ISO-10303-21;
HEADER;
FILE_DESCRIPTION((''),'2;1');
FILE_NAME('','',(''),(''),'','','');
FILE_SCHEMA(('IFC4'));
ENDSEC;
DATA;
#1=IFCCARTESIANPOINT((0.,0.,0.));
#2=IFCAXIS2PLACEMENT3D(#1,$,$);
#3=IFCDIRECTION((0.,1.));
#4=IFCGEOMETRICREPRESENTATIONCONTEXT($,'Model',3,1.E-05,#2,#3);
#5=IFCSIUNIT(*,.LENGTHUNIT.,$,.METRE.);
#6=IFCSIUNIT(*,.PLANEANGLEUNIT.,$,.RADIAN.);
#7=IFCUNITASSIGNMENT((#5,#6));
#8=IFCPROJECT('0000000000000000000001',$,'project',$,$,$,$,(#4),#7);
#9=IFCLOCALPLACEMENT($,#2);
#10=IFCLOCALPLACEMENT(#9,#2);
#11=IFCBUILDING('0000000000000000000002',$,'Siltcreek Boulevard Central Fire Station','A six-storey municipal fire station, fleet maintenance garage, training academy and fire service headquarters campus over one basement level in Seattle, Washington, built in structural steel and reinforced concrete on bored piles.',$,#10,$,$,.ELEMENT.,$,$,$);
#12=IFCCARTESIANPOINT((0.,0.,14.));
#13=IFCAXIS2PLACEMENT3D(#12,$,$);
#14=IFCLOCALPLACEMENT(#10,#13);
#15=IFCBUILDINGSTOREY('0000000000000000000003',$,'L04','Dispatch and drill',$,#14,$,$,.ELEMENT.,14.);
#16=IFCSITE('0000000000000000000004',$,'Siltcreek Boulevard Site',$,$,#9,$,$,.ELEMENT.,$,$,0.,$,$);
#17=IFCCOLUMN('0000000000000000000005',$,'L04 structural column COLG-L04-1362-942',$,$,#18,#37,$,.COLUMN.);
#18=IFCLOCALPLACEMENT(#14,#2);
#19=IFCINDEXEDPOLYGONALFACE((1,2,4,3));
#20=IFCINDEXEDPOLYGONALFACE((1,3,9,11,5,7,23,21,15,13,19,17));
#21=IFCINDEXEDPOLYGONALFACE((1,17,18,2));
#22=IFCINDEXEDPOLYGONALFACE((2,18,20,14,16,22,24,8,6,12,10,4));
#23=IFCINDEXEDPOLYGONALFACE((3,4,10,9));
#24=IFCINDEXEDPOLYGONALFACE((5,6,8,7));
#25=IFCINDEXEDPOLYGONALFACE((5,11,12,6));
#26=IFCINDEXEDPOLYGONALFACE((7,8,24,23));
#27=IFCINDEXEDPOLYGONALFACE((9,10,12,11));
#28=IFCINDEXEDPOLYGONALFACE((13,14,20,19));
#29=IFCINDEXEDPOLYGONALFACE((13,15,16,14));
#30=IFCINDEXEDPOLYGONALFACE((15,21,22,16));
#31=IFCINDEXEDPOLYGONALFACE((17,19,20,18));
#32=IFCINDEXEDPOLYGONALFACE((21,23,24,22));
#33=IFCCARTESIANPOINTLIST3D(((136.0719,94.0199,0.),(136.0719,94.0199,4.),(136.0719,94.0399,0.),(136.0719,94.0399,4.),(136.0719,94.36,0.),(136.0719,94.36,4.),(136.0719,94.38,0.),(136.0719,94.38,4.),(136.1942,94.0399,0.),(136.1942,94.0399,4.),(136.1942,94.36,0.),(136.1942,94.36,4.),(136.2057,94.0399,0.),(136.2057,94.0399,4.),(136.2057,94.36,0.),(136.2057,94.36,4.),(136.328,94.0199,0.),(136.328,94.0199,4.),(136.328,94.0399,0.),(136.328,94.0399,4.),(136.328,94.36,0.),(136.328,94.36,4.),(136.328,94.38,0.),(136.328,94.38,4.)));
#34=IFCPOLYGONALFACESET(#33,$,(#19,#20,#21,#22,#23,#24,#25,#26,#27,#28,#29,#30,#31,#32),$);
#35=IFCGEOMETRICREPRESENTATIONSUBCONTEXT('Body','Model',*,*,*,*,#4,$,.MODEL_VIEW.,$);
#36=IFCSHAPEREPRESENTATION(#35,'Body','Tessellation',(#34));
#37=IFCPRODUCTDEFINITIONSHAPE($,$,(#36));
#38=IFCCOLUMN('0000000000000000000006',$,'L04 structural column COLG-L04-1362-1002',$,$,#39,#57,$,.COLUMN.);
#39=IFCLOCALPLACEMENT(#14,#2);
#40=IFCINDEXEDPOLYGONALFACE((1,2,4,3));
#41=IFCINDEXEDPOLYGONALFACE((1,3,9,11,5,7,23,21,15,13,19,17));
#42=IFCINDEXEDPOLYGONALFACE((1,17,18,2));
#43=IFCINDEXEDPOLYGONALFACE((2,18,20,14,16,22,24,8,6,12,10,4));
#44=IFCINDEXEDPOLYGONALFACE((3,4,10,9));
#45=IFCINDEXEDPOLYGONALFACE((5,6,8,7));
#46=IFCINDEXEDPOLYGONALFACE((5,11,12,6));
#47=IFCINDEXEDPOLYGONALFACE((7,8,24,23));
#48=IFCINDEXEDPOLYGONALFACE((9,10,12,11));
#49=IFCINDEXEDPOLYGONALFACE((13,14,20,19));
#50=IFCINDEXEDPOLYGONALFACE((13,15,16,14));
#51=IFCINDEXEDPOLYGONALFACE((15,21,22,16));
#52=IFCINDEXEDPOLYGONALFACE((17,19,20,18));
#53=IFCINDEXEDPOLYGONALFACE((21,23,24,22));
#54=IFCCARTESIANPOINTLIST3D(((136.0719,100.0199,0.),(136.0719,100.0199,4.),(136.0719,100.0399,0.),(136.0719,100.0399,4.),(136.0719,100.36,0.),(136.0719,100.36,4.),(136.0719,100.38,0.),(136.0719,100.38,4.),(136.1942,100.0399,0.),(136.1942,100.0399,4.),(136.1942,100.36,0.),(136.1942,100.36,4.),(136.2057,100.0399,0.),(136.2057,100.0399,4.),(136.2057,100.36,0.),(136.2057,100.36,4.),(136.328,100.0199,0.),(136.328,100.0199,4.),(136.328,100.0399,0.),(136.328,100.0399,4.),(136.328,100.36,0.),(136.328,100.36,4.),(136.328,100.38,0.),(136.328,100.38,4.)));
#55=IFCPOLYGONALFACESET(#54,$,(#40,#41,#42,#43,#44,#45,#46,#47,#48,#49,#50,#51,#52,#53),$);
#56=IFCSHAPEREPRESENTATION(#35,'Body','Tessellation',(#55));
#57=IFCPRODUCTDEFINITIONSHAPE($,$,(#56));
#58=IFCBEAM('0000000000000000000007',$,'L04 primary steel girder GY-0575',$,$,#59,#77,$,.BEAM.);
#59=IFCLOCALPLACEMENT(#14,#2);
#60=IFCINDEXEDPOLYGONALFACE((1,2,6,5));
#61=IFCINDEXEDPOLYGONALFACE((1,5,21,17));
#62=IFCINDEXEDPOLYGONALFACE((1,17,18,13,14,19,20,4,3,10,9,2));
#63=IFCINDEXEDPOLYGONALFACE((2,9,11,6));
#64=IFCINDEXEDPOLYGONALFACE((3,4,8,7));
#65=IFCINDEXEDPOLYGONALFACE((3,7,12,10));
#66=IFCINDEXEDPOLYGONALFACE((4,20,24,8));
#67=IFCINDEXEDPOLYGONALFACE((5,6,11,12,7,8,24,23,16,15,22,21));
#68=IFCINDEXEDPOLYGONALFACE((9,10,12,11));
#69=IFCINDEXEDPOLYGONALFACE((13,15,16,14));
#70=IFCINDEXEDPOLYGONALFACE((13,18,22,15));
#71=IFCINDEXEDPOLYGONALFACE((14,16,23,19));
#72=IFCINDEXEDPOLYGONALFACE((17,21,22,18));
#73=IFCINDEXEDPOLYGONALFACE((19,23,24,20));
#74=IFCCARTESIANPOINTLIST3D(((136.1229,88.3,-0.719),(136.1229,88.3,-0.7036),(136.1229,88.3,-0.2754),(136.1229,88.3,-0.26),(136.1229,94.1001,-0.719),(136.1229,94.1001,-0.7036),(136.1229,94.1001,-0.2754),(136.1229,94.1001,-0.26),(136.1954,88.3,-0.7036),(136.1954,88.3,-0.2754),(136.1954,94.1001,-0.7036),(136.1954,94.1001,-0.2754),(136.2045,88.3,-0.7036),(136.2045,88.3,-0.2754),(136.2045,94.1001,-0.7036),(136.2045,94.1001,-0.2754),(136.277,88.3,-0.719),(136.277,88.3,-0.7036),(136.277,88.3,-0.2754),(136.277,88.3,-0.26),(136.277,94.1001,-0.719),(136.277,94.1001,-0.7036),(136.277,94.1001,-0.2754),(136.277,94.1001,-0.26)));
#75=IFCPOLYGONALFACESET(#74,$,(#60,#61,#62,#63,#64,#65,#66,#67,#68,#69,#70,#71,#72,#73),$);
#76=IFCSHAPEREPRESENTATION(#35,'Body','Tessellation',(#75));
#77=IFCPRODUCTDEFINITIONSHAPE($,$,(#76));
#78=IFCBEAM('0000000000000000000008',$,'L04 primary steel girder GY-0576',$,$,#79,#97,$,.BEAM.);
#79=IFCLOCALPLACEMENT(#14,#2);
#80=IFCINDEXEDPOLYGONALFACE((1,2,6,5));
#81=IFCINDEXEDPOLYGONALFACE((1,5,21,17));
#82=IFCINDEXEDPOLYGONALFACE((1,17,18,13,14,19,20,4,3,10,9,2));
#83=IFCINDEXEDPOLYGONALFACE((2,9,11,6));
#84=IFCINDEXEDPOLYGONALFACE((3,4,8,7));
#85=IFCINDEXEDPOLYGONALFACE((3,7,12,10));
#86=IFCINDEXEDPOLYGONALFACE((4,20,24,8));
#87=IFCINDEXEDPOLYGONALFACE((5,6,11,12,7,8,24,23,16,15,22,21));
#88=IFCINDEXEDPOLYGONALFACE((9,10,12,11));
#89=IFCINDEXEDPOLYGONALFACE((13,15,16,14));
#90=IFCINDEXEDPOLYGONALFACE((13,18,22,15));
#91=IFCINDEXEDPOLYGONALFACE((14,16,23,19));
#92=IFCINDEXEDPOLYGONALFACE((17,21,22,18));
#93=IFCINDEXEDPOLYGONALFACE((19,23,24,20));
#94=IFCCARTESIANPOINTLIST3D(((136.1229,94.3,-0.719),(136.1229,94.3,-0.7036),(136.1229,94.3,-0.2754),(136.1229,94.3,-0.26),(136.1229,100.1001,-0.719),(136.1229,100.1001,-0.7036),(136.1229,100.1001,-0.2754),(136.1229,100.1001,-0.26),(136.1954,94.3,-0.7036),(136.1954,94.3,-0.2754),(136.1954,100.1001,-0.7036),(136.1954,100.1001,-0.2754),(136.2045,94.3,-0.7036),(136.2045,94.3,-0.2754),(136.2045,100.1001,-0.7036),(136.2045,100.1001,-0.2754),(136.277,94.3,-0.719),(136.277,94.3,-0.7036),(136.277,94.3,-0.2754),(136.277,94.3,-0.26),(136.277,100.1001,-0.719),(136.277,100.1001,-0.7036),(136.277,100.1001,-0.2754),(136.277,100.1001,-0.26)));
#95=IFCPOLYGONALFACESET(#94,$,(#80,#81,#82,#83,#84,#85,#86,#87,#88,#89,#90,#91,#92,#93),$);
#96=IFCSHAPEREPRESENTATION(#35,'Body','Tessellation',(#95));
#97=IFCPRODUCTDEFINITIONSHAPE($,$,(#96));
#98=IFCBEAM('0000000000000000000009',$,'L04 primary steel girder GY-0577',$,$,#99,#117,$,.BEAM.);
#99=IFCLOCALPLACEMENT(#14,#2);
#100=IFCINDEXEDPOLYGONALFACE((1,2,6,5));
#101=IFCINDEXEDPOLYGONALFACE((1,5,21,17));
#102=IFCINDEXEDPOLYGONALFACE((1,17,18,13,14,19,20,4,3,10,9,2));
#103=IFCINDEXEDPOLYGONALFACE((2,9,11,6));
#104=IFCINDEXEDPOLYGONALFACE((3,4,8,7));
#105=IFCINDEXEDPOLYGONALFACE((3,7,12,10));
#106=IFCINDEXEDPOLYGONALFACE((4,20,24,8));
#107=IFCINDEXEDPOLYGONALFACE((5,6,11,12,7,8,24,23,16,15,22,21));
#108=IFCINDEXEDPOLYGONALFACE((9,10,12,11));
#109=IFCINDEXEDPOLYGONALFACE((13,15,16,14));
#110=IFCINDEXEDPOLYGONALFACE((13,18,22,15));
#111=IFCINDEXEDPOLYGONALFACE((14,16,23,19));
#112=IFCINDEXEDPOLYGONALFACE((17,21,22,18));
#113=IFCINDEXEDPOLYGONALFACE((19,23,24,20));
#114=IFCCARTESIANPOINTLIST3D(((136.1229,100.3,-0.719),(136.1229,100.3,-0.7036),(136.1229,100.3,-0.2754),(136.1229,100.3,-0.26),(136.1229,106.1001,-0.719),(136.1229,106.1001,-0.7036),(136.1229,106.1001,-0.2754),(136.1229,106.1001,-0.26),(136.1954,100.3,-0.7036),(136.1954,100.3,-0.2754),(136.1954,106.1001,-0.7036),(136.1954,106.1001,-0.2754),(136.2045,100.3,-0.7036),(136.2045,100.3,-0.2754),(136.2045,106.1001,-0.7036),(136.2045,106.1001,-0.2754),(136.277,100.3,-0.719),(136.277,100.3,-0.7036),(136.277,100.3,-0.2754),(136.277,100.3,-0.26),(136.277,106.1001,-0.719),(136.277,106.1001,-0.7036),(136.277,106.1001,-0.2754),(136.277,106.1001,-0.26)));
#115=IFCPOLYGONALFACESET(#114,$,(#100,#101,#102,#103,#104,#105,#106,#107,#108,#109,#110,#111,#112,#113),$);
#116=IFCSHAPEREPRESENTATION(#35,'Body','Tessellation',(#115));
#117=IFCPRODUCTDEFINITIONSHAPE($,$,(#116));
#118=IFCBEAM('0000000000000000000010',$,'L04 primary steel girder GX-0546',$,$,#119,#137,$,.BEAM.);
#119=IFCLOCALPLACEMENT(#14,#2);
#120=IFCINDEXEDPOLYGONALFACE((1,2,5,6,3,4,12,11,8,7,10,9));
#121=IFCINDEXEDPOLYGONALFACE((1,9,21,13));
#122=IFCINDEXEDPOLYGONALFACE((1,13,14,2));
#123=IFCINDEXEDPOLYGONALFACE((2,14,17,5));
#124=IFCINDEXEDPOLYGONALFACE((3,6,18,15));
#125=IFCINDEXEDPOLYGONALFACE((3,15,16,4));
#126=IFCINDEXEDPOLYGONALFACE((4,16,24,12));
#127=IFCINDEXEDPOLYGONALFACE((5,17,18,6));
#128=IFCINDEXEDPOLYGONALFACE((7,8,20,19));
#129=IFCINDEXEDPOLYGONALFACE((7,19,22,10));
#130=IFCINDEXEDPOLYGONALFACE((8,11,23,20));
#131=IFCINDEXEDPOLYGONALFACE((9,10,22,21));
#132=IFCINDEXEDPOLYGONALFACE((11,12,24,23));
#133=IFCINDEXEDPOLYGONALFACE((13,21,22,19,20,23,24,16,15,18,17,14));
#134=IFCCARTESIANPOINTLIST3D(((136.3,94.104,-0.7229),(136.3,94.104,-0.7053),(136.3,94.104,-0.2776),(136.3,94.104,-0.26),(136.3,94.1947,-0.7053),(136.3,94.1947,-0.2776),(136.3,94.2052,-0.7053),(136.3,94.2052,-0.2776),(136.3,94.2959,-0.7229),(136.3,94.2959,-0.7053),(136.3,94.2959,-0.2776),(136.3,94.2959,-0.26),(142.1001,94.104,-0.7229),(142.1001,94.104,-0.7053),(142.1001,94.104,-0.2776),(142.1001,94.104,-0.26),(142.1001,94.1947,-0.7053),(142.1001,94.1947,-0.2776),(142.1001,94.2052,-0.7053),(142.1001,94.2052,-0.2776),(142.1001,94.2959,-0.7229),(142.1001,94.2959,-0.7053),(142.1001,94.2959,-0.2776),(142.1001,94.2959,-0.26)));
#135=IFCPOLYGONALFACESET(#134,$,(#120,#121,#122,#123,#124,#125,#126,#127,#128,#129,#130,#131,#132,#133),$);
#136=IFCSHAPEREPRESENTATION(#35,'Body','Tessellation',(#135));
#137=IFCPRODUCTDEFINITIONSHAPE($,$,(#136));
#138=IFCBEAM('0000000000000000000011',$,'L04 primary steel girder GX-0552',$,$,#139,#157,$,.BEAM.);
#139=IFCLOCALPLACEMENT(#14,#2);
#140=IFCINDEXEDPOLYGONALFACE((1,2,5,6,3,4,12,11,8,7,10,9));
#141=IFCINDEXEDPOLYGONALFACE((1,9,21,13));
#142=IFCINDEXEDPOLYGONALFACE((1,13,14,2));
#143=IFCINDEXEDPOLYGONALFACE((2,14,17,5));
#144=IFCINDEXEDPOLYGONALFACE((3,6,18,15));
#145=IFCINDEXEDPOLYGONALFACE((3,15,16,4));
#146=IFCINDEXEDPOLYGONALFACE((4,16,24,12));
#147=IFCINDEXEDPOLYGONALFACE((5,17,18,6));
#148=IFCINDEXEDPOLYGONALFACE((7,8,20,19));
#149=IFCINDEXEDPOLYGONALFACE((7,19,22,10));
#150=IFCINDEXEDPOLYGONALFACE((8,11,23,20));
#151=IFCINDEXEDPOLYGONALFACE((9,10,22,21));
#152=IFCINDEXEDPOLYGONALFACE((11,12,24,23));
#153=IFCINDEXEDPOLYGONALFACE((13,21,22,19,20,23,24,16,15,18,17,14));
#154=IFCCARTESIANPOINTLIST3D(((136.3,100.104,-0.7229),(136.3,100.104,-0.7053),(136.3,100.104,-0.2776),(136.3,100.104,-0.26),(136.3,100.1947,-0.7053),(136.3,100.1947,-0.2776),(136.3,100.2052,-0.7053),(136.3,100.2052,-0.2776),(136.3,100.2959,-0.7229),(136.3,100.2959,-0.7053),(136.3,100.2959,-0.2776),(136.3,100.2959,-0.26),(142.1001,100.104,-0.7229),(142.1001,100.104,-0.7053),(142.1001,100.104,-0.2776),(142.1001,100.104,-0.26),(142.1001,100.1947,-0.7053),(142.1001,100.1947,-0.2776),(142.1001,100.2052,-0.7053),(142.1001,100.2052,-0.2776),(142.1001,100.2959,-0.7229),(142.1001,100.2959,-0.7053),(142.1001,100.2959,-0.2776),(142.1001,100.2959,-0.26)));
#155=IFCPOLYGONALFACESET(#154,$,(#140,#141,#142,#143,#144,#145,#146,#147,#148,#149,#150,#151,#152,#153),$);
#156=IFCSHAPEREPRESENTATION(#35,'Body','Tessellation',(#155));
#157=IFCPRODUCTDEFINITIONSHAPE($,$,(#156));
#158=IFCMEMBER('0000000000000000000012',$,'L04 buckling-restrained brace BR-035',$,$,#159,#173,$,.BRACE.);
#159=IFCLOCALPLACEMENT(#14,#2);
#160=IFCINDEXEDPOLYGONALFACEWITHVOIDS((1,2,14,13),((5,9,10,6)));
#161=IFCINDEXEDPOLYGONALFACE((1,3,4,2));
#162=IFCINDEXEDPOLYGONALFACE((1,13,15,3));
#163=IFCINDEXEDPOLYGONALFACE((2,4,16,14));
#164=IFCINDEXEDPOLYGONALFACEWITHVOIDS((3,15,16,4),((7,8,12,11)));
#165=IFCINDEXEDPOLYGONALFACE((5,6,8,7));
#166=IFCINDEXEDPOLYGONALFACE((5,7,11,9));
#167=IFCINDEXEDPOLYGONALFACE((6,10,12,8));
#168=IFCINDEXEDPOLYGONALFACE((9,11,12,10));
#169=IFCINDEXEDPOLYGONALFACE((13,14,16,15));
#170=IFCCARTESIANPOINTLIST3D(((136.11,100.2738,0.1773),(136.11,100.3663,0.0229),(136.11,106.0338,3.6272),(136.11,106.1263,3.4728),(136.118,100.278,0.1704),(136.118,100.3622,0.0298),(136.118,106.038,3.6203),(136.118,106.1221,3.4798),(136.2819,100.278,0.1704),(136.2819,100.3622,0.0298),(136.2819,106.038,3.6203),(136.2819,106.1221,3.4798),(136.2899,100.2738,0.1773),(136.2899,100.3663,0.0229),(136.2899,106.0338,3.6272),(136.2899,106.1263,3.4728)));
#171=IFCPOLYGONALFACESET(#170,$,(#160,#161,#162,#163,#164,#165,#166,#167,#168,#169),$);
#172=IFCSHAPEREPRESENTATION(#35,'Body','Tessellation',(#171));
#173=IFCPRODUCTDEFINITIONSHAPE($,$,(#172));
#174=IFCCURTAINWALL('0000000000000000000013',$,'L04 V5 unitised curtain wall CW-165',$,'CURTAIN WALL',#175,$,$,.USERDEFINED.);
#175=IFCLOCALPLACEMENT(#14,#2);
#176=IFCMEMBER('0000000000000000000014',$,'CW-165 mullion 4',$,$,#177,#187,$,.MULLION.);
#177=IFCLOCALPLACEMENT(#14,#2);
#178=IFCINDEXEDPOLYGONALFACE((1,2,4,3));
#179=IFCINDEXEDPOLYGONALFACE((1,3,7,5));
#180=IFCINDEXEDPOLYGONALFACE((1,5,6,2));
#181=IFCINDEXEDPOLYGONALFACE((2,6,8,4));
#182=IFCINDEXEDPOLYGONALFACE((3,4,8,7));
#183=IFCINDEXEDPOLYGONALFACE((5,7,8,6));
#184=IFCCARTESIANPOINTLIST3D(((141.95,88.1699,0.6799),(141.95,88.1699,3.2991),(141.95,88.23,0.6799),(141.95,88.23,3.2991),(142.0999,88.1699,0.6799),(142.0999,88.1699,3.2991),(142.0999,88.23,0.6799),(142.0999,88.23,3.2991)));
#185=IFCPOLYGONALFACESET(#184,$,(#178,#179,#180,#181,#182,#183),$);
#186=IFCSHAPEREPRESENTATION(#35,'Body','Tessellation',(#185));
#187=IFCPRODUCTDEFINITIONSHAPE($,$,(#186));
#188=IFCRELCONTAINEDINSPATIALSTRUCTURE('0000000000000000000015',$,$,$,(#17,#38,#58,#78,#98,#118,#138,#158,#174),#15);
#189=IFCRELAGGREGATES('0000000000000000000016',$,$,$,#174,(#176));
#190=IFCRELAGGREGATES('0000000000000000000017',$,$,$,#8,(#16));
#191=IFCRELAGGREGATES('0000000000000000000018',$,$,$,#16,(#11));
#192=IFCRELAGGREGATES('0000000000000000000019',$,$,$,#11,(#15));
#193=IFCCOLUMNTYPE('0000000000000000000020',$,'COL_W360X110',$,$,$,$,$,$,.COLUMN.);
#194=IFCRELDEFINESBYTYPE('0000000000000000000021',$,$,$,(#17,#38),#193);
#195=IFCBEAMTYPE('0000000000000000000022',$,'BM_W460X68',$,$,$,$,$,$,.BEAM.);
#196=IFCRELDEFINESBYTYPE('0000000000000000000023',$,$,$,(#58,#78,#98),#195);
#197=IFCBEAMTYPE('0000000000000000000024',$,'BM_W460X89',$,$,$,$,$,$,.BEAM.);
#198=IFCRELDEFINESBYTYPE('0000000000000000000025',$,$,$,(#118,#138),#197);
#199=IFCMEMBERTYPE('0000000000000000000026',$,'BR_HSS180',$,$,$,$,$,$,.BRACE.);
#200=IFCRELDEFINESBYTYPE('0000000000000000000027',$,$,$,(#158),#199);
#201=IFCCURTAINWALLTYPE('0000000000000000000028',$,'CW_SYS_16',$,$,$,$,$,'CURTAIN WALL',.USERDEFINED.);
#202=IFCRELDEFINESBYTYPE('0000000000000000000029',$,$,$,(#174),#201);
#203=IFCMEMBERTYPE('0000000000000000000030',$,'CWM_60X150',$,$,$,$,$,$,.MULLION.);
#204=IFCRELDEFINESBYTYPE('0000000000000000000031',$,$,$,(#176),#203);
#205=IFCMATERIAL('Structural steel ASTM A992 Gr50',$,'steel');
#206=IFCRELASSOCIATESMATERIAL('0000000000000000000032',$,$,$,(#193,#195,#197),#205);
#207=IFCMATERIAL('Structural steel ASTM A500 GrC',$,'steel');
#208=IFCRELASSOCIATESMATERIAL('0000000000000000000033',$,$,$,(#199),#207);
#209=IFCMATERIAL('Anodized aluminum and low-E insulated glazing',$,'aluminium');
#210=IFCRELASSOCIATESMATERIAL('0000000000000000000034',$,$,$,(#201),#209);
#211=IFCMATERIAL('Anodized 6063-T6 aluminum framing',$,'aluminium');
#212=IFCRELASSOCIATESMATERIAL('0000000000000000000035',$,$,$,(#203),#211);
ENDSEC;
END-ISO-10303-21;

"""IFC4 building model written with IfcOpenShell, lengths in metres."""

from ifc_helpers import new_model, si_unit, direction, frame, origin, origin_2d, place, context, subcontext, project, spatial, rectangle, hollow_rectangle, i_section, extrude, material, material_profile, profile_set, type_object, element, aggregate, save


model = new_model("IFC4")

# Units and contexts
model_context = context("Model", 3, precision=1e-05, world=origin(), true_north=direction((0.0, 1.0)))
body_context = subcontext(model_context, "Body", "Model", "MODEL_VIEW")
ifc_project = project(units=[si_unit("LENGTHUNIT", "METRE"), si_unit("PLANEANGLEUNIT", "RADIAN")], contexts=[model_context])

# Site, building, storey
site_placement = place(None, origin())
site = spatial("IfcSite", under=ifc_project, at=site_placement, Name="Siltcreek Boulevard Site", CompositionType="ELEMENT", RefElevation=0.0)
building_placement = place(site_placement, origin())
building = spatial("IfcBuilding", under=site, at=building_placement, Name="Siltcreek Boulevard Central Fire Station", Description="A six-storey municipal fire station, fleet maintenance garage, training academy and fire service headquarters campus over one basement level in Seattle, Washington, built in structural steel and reinforced concrete on bored piles.", CompositionType="ELEMENT")
storey_placement = place(building_placement, frame((0.0, 0.0, 14.0)))
storey = spatial("IfcBuildingStorey", under=building, at=storey_placement, Name="L04", Description="Dispatch and drill", CompositionType="ELEMENT", Elevation=14.0)

# Columns
ifc_material_1 = material(Name="Structural steel ASTM A992 Gr50", Category="steel")
ifc_material_profile_1 = material_profile(ifc_material_1, i_section(OverallWidth=0.2561, OverallDepth=0.3601, WebThickness=0.0115, FlangeThickness=0.02, at=origin_2d()), Name="W360X110")
ifc_profile_set_1 = profile_set([ifc_material_profile_1], Name="Structural steel ASTM A992 Gr50")
column_type = type_object("IfcColumnType", Name="COL_W360X110", PredefinedType="COLUMN", material=ifc_profile_set_1)
for number, where, z_axis, x_axis, name in (
    (1, (136.2, 94.2, 0.0), (0.0, 0.0, 1.0), (1.0, 0.0, 0.0), "L04 structural column COLG-L04-1362-942"),
    (2, (136.2, 100.2, 0.0), (0.0, 0.0, 1.0), (1.0, 0.0, 0.0), "L04 structural column COLG-L04-1362-1002"),
):
    element("IfcColumn", number, at=place(storey_placement, frame(where, z_axis=z_axis, x_axis=x_axis)), inside=storey, type_object=column_type, Name=name, PredefinedType="COLUMN", context=body_context, shape_type="SweptSolid", body=[
        extrude(i_section(OverallWidth=0.2561, OverallDepth=0.3601, WebThickness=0.0115, FlangeThickness=0.02, at=origin_2d()), origin(), (0.0, 0.0, 1.0), 4.0),
    ])

# Beams
ifc_material_profile_2 = material_profile(ifc_material_1, i_section(OverallWidth=0.1541, OverallDepth=0.459, WebThickness=0.009, FlangeThickness=0.0154, at=origin_2d()), Name="W460X68")
ifc_profile_set_2 = profile_set([ifc_material_profile_2], Name="Structural steel ASTM A992 Gr50")
beam_type_1 = type_object("IfcBeamType", Name="BM_W460X68", PredefinedType="BEAM", material=ifc_profile_set_2)
for number, where, z_axis, x_axis, name in (
    (3, (136.2, 88.3, -0.4895), (0.0, 1.0, 0.0), (-1.0, 0.0, 0.0), "L04 primary steel girder GY-0575"),
    (4, (136.2, 94.3, -0.4895), (0.0, 1.0, 0.0), (-1.0, 0.0, 0.0), "L04 primary steel girder GY-0576"),
    (5, (136.2, 100.3, -0.4895), (0.0, 1.0, 0.0), (-1.0, 0.0, 0.0), "L04 primary steel girder GY-0577"),
):
    element("IfcBeam", number, at=place(storey_placement, frame(where, z_axis=z_axis, x_axis=x_axis)), inside=storey, type_object=beam_type_1, Name=name, PredefinedType="BEAM", context=body_context, shape_type="SweptSolid", body=[
        extrude(i_section(OverallWidth=0.1541, OverallDepth=0.459, WebThickness=0.009, FlangeThickness=0.0154, at=origin_2d()), origin(), (0.0, 0.0, 1.0), 5.8),
    ])
ifc_material_profile_3 = material_profile(ifc_material_1, i_section(OverallWidth=0.1919, OverallDepth=0.4629, WebThickness=0.0105, FlangeThickness=0.0176, at=origin_2d()), Name="W460X89")
ifc_profile_set_3 = profile_set([ifc_material_profile_3], Name="Structural steel ASTM A992 Gr50")
beam_type_2 = type_object("IfcBeamType", Name="BM_W460X89", PredefinedType="BEAM", material=ifc_profile_set_3)
for number, where, z_axis, x_axis, name in (
    (6, (136.3, 94.2, -0.4915), (1.0, 0.0, 0.0), (0.0, 1.0, 0.0), "L04 primary steel girder GX-0546"),
    (7, (136.3, 100.2, -0.4915), (1.0, 0.0, 0.0), (0.0, 1.0, 0.0), "L04 primary steel girder GX-0552"),
):
    element("IfcBeam", number, at=place(storey_placement, frame(where, z_axis=z_axis, x_axis=x_axis)), inside=storey, type_object=beam_type_2, Name=name, PredefinedType="BEAM", context=body_context, shape_type="SweptSolid", body=[
        extrude(i_section(OverallWidth=0.1919, OverallDepth=0.4629, WebThickness=0.0105, FlangeThickness=0.0176, at=origin_2d()), origin(), (0.0, 0.0, 1.0), 5.8),
    ])

# Member
ifc_material_2 = material(Name="Structural steel ASTM A500 GrC", Category="steel")
ifc_material_profile_4 = material_profile(ifc_material_2, hollow_rectangle(XDim=0.1799, YDim=0.1799, WallThickness=0.0081, at=origin_2d()), Name="HSS180X180X8.0")
ifc_profile_set_4 = profile_set([ifc_material_profile_4], Name="Structural steel ASTM A500 GrC")
member_type_1 = type_object("IfcMemberType", Name="BR_HSS180", PredefinedType="BRACE", material=ifc_profile_set_4)
member_1_placement = place(storey_placement, frame((136.2, 100.3201, 0.1001), z_axis=(0.0, 0.857891, 0.513833), x_axis=(-1.0, 0.0, 0.0)))
element("IfcMember", 8, at=member_1_placement, inside=storey, type_object=member_type_1, Name="L04 buckling-restrained brace BR-035", PredefinedType="BRACE", context=body_context, shape_type="SweptSolid", body=[
    extrude(hollow_rectangle(XDim=0.1799, YDim=0.1799, WallThickness=0.0081, at=origin_2d()), origin(), (0.0, 0.0, 1.0), 6.7141),
])

# Curtain wall, member
ifc_material_3 = material(Name="Anodized aluminum and low-E insulated glazing", Category="aluminium")
curtain_wall_type = type_object("IfcCurtainWallType", Name="CW_SYS_16", ElementType="CURTAIN WALL", PredefinedType="USERDEFINED", material=ifc_material_3)
curtain_wall_placement = place(storey_placement, origin())
curtain_wall = element("IfcCurtainWall", 9, at=curtain_wall_placement, inside=storey, type_object=curtain_wall_type, Name="L04 V5 unitised curtain wall CW-165", ObjectType="CURTAIN WALL", PredefinedType="USERDEFINED")
ifc_material_4 = material(Name="Anodized 6063-T6 aluminum framing", Category="aluminium")
ifc_material_profile_5 = material_profile(ifc_material_4, rectangle(XDim=0.0601, YDim=0.1499, at=origin_2d()), Name="MULL60X150")
ifc_profile_set_5 = profile_set([ifc_material_profile_5], Name="Anodized 6063-T6 aluminum framing")
member_type_2 = type_object("IfcMemberType", Name="CWM_60X150", PredefinedType="MULLION", material=ifc_profile_set_5)
member_2_placement = place(storey_placement, frame((142.0249, 88.2, 0.6799), z_axis=(0.0, 0.0, 1.0), x_axis=(0.0, 1.0, 0.0)))
member_2 = element("IfcMember", 10, at=member_2_placement, type_object=member_type_2, Name="CW-165 mullion 4", PredefinedType="MULLION", context=body_context, shape_type="SweptSolid", body=[
    extrude(rectangle(XDim=0.0601, YDim=0.1499, at=origin_2d()), origin(), (0.0, 0.0, 1.0), 2.6191),
])
aggregate(curtain_wall, [member_2])

save(model, "model.ifc")
